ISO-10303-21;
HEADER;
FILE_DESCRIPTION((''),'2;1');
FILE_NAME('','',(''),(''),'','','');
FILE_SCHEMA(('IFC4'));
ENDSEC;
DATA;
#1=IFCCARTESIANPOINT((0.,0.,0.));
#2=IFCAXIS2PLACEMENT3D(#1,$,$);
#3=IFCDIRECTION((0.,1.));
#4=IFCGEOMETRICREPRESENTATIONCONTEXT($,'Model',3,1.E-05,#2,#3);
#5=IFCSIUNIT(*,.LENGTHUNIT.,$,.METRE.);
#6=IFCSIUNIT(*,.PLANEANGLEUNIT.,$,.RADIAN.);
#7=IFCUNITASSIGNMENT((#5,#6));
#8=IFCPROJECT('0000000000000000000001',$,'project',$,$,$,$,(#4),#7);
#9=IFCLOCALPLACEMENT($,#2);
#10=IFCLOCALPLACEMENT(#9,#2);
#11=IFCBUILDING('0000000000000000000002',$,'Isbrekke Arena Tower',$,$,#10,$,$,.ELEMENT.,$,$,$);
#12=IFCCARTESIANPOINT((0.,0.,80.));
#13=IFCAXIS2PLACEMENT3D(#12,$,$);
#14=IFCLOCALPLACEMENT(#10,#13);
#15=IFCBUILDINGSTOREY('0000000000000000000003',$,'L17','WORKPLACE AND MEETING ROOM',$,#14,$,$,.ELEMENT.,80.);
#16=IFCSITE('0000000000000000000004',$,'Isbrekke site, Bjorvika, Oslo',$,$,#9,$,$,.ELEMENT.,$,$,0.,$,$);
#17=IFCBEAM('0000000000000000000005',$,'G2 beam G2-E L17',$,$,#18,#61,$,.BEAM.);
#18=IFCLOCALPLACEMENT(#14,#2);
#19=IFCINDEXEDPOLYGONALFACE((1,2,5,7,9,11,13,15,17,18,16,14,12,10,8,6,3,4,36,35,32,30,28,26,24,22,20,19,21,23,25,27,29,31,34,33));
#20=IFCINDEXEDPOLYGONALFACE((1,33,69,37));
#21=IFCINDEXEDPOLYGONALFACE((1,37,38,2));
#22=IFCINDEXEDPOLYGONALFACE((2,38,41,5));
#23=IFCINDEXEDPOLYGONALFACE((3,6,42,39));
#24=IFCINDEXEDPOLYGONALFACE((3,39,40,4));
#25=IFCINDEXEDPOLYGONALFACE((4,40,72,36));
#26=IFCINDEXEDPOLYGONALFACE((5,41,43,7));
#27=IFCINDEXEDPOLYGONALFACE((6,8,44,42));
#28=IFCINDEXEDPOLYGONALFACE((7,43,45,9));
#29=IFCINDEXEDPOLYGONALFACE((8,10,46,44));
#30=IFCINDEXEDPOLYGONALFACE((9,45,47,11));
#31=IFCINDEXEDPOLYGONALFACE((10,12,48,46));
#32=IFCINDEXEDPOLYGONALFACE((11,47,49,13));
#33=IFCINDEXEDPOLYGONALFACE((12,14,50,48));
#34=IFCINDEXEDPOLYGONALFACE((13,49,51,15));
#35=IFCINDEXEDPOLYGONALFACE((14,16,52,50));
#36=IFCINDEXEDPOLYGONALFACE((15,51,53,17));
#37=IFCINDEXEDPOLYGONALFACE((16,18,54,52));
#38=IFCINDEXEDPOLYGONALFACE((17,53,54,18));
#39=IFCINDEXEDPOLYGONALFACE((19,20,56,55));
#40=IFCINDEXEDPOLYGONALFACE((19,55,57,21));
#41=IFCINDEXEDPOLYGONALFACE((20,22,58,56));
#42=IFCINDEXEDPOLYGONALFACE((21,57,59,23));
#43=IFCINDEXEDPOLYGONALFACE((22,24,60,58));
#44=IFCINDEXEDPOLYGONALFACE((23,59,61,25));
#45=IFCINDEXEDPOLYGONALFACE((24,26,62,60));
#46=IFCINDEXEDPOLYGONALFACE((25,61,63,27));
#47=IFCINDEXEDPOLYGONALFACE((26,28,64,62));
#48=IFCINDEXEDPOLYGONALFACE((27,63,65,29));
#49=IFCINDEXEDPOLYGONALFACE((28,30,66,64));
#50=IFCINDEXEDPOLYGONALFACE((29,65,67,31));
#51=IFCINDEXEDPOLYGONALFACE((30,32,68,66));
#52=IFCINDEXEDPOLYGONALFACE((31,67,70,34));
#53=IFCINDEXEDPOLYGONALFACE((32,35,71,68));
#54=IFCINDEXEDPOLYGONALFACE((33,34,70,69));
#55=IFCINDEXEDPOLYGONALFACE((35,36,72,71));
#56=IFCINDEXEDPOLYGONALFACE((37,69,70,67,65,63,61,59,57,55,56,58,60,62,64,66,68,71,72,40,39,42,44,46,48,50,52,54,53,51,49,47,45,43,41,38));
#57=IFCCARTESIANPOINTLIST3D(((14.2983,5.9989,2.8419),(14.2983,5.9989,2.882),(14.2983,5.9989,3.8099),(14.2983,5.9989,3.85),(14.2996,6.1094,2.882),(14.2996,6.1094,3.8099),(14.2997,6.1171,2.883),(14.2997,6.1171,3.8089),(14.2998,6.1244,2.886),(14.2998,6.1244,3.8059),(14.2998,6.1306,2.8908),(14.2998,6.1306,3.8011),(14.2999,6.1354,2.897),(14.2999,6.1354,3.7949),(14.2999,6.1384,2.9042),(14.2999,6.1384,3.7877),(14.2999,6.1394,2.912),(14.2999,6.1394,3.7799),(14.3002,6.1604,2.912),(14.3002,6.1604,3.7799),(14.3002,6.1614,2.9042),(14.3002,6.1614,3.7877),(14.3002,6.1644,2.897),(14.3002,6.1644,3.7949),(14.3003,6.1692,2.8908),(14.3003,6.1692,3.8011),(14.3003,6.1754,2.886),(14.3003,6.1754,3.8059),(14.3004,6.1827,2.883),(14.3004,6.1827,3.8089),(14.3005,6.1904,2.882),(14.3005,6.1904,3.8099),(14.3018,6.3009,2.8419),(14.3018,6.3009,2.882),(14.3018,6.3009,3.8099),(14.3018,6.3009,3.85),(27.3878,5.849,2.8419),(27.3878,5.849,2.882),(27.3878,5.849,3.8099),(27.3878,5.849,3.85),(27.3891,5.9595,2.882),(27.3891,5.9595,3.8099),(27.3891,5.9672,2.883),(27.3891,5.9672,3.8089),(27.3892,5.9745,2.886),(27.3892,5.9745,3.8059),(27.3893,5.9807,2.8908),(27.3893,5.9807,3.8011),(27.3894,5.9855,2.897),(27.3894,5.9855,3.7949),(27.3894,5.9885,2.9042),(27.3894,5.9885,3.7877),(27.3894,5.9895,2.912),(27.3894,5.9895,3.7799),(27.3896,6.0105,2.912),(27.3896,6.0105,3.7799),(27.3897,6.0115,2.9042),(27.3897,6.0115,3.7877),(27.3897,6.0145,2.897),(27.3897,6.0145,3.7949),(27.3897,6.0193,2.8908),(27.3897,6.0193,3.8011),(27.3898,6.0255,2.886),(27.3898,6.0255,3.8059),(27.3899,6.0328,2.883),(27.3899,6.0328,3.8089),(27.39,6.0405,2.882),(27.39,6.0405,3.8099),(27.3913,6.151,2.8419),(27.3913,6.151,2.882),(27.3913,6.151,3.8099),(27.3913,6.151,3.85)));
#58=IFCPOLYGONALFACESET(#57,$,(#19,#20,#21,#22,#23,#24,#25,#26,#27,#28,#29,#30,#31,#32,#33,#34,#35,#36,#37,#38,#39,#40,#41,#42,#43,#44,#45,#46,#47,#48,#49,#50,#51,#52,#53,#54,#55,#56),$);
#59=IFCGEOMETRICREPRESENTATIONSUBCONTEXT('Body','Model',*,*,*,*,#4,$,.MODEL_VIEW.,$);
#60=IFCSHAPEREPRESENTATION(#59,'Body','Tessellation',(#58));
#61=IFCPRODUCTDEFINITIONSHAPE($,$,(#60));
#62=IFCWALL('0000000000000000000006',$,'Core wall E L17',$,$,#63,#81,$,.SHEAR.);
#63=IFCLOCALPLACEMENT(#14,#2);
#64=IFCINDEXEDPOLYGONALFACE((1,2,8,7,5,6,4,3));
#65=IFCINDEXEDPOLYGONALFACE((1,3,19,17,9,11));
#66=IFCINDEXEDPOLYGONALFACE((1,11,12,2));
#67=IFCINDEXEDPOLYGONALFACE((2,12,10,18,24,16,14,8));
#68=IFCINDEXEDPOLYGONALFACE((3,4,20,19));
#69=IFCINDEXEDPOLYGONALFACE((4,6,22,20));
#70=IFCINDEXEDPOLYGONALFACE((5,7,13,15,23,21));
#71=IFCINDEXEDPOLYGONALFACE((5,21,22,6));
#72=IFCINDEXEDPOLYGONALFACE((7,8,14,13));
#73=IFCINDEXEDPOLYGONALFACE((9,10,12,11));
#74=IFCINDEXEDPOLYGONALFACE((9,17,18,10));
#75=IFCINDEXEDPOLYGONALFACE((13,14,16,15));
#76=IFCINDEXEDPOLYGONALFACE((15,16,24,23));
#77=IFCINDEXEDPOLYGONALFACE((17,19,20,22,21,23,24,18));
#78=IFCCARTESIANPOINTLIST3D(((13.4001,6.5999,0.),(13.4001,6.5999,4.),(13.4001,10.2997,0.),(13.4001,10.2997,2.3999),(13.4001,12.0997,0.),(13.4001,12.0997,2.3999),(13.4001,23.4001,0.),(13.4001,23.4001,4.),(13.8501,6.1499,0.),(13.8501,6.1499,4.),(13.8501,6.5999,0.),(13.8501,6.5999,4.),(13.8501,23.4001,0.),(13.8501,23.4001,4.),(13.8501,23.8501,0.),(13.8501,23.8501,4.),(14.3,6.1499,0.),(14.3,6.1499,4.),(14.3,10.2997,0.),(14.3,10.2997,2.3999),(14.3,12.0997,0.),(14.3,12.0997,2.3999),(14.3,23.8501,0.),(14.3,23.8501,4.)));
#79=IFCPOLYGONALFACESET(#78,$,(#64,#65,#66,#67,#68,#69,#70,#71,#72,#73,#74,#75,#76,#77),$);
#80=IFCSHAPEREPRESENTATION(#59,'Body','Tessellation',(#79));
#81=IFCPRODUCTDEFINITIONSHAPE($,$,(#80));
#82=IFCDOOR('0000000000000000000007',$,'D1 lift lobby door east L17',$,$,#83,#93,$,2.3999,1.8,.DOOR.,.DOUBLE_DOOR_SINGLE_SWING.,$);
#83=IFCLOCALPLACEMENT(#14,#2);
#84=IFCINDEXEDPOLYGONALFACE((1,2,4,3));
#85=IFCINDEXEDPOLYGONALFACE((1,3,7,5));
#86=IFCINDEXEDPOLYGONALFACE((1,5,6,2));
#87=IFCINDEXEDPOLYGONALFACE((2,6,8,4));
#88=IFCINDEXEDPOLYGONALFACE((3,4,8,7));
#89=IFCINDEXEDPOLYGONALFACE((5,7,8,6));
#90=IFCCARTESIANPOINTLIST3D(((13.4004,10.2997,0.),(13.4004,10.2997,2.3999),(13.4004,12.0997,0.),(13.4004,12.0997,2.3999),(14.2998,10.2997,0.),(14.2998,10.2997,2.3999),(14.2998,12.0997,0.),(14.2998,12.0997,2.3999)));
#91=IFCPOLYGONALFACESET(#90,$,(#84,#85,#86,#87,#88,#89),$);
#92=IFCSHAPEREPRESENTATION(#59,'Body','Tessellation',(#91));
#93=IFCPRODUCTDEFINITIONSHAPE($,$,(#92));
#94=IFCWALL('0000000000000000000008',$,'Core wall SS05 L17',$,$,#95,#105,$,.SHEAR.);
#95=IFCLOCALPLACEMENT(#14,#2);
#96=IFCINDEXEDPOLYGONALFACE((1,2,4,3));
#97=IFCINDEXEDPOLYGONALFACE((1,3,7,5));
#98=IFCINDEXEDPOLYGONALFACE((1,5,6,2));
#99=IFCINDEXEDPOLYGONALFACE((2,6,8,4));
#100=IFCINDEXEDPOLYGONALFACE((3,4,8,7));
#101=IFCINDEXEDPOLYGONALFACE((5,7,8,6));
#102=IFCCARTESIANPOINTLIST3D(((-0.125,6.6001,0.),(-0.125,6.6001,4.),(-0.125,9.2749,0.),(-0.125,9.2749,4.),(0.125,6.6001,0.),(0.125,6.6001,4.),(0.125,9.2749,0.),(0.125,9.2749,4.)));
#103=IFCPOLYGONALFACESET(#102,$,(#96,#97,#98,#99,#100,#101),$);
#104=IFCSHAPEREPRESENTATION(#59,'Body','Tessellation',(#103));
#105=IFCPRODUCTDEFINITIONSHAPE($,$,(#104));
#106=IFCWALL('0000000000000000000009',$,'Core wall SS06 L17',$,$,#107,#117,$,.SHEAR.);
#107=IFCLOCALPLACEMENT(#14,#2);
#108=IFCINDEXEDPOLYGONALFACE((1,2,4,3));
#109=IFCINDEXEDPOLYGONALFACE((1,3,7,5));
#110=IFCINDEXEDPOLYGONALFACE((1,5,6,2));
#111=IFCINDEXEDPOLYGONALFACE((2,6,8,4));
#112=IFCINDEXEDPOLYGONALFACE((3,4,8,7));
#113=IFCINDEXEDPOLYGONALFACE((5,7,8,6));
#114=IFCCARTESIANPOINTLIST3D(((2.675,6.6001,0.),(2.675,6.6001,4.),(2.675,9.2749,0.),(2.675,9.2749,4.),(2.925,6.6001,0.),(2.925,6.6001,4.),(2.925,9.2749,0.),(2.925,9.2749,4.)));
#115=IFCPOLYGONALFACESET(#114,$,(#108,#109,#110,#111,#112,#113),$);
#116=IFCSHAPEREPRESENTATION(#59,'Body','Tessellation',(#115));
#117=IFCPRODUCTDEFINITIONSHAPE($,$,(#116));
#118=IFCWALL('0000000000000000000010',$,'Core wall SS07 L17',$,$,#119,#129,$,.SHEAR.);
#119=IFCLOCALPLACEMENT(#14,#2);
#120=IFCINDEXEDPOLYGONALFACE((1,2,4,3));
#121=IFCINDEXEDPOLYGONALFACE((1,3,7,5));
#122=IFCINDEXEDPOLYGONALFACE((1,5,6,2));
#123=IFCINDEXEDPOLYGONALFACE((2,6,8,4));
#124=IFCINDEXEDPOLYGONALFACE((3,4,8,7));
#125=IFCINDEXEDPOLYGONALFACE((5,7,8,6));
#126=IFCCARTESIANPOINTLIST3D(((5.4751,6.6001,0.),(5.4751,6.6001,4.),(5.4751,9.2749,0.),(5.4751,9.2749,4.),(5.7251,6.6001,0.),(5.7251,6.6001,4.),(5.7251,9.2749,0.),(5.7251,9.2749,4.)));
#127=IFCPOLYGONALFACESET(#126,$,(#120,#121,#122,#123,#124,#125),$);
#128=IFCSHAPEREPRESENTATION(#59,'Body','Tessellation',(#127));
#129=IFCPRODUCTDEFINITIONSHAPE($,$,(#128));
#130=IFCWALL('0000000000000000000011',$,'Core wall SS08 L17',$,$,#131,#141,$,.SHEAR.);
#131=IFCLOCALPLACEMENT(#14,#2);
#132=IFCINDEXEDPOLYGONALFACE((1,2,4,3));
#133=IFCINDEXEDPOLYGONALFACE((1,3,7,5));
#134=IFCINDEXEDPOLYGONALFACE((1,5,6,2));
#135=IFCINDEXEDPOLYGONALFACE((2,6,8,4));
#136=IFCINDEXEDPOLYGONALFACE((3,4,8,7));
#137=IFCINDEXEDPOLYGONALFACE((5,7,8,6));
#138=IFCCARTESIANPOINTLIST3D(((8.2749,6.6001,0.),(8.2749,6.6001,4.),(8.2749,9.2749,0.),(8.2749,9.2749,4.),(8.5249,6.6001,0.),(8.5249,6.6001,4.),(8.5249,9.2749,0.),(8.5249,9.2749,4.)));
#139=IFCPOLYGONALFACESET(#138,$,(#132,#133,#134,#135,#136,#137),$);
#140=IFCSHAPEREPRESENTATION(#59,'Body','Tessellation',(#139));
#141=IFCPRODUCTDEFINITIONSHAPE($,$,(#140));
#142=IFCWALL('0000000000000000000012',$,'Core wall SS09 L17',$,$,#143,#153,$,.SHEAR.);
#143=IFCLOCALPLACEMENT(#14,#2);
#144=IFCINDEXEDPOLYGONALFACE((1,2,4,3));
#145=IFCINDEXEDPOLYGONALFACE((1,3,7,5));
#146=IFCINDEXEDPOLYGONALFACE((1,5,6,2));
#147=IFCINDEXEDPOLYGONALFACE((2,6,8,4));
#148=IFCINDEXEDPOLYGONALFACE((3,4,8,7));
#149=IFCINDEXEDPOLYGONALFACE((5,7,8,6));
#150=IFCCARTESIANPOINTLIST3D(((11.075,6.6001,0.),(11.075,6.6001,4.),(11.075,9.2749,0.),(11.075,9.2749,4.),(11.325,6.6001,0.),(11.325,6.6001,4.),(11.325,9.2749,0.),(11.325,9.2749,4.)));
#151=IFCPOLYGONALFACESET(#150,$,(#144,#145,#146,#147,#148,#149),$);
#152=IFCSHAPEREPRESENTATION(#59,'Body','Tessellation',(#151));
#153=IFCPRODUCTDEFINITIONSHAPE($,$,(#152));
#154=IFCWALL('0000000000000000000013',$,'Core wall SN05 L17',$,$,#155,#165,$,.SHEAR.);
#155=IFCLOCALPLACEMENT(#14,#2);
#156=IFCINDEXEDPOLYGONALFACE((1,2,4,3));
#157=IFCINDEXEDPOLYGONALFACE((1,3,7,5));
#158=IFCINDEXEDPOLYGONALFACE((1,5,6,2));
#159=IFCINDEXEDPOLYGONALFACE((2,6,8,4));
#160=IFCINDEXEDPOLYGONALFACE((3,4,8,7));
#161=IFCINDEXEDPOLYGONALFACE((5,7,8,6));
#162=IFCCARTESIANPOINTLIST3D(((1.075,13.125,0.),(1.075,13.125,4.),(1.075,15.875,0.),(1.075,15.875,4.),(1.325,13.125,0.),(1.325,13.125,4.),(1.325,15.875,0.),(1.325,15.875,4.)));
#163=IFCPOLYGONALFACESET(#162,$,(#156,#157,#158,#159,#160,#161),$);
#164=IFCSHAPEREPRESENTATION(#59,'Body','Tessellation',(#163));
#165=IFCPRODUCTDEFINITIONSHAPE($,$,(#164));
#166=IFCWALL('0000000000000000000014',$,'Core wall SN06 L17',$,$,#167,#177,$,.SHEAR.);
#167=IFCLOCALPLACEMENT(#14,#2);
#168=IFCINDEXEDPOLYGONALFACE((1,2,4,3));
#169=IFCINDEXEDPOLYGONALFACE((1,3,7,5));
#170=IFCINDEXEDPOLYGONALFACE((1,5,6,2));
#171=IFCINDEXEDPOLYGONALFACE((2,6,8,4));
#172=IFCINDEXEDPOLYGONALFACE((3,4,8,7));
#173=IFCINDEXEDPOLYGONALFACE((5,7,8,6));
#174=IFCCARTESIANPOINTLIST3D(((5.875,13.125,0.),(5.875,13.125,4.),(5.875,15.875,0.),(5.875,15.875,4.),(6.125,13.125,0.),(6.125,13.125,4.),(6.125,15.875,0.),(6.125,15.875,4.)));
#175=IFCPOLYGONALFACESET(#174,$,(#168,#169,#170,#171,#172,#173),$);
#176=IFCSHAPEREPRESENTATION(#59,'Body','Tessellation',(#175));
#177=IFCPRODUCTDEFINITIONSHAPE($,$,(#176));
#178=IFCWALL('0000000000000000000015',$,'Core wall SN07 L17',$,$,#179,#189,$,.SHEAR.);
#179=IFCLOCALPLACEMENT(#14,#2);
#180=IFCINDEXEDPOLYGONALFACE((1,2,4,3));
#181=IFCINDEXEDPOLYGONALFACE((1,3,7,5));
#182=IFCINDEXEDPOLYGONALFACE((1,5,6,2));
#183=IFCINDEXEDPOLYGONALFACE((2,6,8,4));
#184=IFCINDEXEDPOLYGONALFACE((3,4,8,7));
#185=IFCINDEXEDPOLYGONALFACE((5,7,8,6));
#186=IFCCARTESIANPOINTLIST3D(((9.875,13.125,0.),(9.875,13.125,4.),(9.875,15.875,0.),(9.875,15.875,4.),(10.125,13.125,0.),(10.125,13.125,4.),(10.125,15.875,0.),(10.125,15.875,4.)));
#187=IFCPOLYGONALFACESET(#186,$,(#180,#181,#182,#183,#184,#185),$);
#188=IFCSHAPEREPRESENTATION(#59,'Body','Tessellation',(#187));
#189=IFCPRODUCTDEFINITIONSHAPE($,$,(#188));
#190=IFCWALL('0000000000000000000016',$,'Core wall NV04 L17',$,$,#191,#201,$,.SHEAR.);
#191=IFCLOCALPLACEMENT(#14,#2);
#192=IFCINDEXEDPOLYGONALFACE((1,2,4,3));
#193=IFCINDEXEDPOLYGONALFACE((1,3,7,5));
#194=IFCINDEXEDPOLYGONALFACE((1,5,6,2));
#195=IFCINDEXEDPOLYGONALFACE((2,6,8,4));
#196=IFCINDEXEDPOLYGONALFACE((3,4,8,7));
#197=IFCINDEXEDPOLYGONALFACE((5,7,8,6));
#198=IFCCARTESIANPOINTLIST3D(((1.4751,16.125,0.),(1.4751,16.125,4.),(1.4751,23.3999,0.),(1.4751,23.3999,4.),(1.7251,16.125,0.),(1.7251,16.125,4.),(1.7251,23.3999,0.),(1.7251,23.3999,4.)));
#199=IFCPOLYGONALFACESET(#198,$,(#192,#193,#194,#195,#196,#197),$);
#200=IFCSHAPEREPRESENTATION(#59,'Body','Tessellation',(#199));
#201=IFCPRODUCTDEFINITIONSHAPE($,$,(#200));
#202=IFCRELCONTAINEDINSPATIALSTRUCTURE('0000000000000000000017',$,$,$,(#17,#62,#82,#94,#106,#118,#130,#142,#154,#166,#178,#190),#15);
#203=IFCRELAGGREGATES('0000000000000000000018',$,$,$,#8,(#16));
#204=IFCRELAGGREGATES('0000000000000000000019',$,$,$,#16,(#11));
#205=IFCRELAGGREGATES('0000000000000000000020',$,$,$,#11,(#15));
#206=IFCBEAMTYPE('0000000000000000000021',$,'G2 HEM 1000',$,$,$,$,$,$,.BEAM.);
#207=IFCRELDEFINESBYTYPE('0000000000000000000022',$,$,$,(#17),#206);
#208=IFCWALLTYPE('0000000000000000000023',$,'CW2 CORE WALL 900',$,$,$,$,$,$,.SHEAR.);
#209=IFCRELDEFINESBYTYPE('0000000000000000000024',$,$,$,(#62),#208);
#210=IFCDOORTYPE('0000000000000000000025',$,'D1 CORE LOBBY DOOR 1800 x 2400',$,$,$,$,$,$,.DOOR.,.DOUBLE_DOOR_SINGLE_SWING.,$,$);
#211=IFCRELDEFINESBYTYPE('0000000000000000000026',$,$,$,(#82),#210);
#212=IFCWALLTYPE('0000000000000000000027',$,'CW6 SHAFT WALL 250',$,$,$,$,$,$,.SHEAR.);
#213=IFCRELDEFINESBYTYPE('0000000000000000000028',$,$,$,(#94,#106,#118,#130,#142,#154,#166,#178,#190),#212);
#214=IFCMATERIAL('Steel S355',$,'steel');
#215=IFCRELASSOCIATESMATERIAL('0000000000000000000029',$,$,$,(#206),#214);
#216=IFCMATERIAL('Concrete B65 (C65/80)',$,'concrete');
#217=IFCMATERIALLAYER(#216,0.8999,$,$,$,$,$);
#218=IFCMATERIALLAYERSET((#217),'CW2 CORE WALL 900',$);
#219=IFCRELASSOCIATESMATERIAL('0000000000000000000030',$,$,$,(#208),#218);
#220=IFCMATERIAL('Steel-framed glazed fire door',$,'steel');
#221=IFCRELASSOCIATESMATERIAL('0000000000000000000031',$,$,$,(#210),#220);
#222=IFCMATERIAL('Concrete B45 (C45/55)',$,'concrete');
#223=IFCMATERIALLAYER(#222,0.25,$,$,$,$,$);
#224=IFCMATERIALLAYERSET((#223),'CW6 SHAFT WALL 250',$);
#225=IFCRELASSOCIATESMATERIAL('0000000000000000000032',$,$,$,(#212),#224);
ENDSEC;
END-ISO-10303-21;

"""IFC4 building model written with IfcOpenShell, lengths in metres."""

from ifc_helpers import new_model, si_unit, direction, frame, frame_2d, origin, origin_2d, place, context, subcontext, project, spatial, polyline, rectangle, i_section, outline, extrude, material, layer, layer_set, material_profile, profile_set, type_object, element, fill, save


model = new_model("IFC4")

# Units and contexts
model_context = context("Model", 3, precision=1e-05, world=origin(), true_north=direction((0.0, 1.0)))
body_context = subcontext(model_context, "Body", "Model", "MODEL_VIEW")
ifc_project = project(units=[si_unit("LENGTHUNIT", "METRE"), si_unit("PLANEANGLEUNIT", "RADIAN")], contexts=[model_context])

# Site, building, storey
site_placement = place(None, origin())
site = spatial("IfcSite", under=ifc_project, at=site_placement, Name="Isbrekke site, Bjorvika, Oslo", CompositionType="ELEMENT", RefElevation=0.0)
building_placement = place(site_placement, origin())
building = spatial("IfcBuilding", under=site, at=building_placement, Name="Isbrekke Arena Tower", CompositionType="ELEMENT")
storey_placement = place(building_placement, frame((0.0, 0.0, 80.0)))
storey = spatial("IfcBuildingStorey", under=building, at=storey_placement, Name="L17", Description="WORKPLACE AND MEETING ROOM", CompositionType="ELEMENT", Elevation=80.0)

# Beam
ifc_material_1 = material(Name="Steel S355", Category="steel")
ifc_material_profile = material_profile(ifc_material_1, i_section(OverallWidth=0.302, OverallDepth=1.0081, WebThickness=0.021, FlangeThickness=0.04, FilletRadius=0.03, at=origin_2d()), Name="HEM 1000")
ifc_profile_set = profile_set([ifc_material_profile], Name="Steel S355")
beam_type = type_object("IfcBeamType", Name="G2 HEM 1000", PredefinedType="BEAM", material=ifc_profile_set)
beam_placement = place(storey_placement, frame((14.3, 6.1499, 3.3459), z_axis=(0.999934, -0.011451, 0.0), x_axis=(0.011451, 0.999934, 0.0)))
element("IfcBeam", 1, at=beam_placement, inside=storey, type_object=beam_type, Name="G2 beam G2-E L17", PredefinedType="BEAM", context=body_context, shape_type="SweptSolid", body=[
    extrude(i_section(OverallWidth=0.302, OverallDepth=1.0081, WebThickness=0.021, FlangeThickness=0.04, FilletRadius=0.03, at=origin_2d()), origin(), (0.0, 0.0, 1.0), 13.0903),
])

# Wall, opening, door
ifc_material_2 = material(Name="Concrete B65 (C65/80)", Category="concrete")
ifc_layer_1 = layer(ifc_material_2, 0.8999)
ifc_layer_set_1 = layer_set([ifc_layer_1], Name="CW2 CORE WALL 900")
wall_type_1 = type_object("IfcWallType", Name="CW2 CORE WALL 900", PredefinedType="SHEAR", material=ifc_layer_set_1)
wall_1_placement = place(storey_placement, frame((13.8501, 6.1499, 0.0), z_axis=(0.0, 0.0, 1.0), x_axis=(0.0, 1.0, 0.0)))
wall_1 = element("IfcWall", 2, at=wall_1_placement, inside=storey, type_object=wall_type_1, Name="Core wall E L17", PredefinedType="SHEAR", context=body_context, shape_type="SweptSolid", body=[
    extrude(outline(polyline([(0.0, -0.45), (17.7002, -0.45), (17.7002, 0.0), (17.2502, 0.0), (17.2502, 0.45), (0.45, 0.45), (0.45, 0.0), (0.0, 0.0), (0.0, -0.45)])), origin(), (0.0, 0.0, 1.0), 4.0),
])
opening_placement = place(wall_1_placement, frame((4.1499, 0.0, 0.0)))
opening = element("IfcOpeningElement", 3, at=opening_placement, cuts=wall_1, PredefinedType="OPENING", context=body_context, shape_type="SweptSolid", body=[
    extrude(rectangle(XDim=1.8, YDim=2.3999, at=frame_2d((0.8999, 1.2))), frame((0.0, 0.4648, 0.0), z_axis=(0.0, -1.0, 0.0), x_axis=(1.0, 0.0, 0.0)), (0.0, 0.0, 1.0), 0.9297),
])
ifc_material_3 = material(Name="Steel-framed glazed fire door", Category="steel")
door_type = type_object("IfcDoorType", Name="D1 CORE LOBBY DOOR 1800 x 2400", OperationType="DOUBLE_DOOR_SINGLE_SWING", PredefinedType="DOOR", material=ifc_material_3)
door_placement = place(opening_placement, origin())
door = element("IfcDoor", 4, at=door_placement, inside=storey, type_object=door_type, Name="D1 lift lobby door east L17", OperationType="DOUBLE_DOOR_SINGLE_SWING", OverallHeight=2.3999, OverallWidth=1.8, PredefinedType="DOOR", context=body_context, shape_type="SweptSolid", body=[
    extrude(rectangle(XDim=1.8, YDim=2.3999, at=frame_2d((0.8999, 1.2))), frame((0.0, 0.4497, 0.0), z_axis=(0.0, -1.0, 0.0), x_axis=(1.0, 0.0, 0.0)), (0.0, 0.0, 1.0), 0.8994),
])
fill(opening, door)

# Walls
ifc_material_4 = material(Name="Concrete B45 (C45/55)", Category="concrete")
ifc_layer_2 = layer(ifc_material_4, 0.25)
ifc_layer_set_2 = layer_set([ifc_layer_2], Name="CW6 SHAFT WALL 250")
wall_type_2 = type_object("IfcWallType", Name="CW6 SHAFT WALL 250", PredefinedType="SHEAR", material=ifc_layer_set_2)
for number, where, z_axis, x_axis, name in (
    (5, (0.0, 6.6001, 0.0), (0.0, 0.0, 1.0), (0.0, 1.0, 0.0), "Core wall SS05 L17"),
    (6, (2.8, 6.6001, 0.0), (0.0, 0.0, 1.0), (0.0, 1.0, 0.0), "Core wall SS06 L17"),
    (7, (5.6001, 6.6001, 0.0), (0.0, 0.0, 1.0), (0.0, 1.0, 0.0), "Core wall SS07 L17"),
    (8, (8.3999, 6.6001, 0.0), (0.0, 0.0, 1.0), (0.0, 1.0, 0.0), "Core wall SS08 L17"),
    (9, (11.2, 6.6001, 0.0), (0.0, 0.0, 1.0), (0.0, 1.0, 0.0), "Core wall SS09 L17"),
):
    element("IfcWall", number, at=place(storey_placement, frame(where, z_axis=z_axis, x_axis=x_axis)), inside=storey, type_object=wall_type_2, Name=name, PredefinedType="SHEAR", context=body_context, shape_type="SweptSolid", body=[
        extrude(rectangle(XDim=2.6748, YDim=0.25, at=frame_2d((1.3374, 0.0))), origin(), (0.0, 0.0, 1.0), 4.0),
    ])
for number, where, z_axis, x_axis, name in (
    (10, (1.2, 13.125, 0.0), (0.0, 0.0, 1.0), (0.0, 1.0, 0.0), "Core wall SN05 L17"),
    (11, (6.0, 13.125, 0.0), (0.0, 0.0, 1.0), (0.0, 1.0, 0.0), "Core wall SN06 L17"),
    (12, (10.0, 13.125, 0.0), (0.0, 0.0, 1.0), (0.0, 1.0, 0.0), "Core wall SN07 L17"),
):
    element("IfcWall", number, at=place(storey_placement, frame(where, z_axis=z_axis, x_axis=x_axis)), inside=storey, type_object=wall_type_2, Name=name, PredefinedType="SHEAR", context=body_context, shape_type="SweptSolid", body=[
        extrude(rectangle(XDim=2.75, YDim=0.25, at=frame_2d((1.375, 0.0))), origin(), (0.0, 0.0, 1.0), 4.0),
    ])
wall_2_placement = place(storey_placement, frame((1.6001, 16.125, 0.0), z_axis=(0.0, 0.0, 1.0), x_axis=(0.0, 1.0, 0.0)))
element("IfcWall", 13, at=wall_2_placement, inside=storey, type_object=wall_type_2, Name="Core wall NV04 L17", PredefinedType="SHEAR", context=body_context, shape_type="SweptSolid", body=[
    extrude(rectangle(XDim=7.2749, YDim=0.25, at=frame_2d((3.6375, 0.0))), origin(), (0.0, 0.0, 1.0), 4.0),
])

save(model, "model.ifc")
